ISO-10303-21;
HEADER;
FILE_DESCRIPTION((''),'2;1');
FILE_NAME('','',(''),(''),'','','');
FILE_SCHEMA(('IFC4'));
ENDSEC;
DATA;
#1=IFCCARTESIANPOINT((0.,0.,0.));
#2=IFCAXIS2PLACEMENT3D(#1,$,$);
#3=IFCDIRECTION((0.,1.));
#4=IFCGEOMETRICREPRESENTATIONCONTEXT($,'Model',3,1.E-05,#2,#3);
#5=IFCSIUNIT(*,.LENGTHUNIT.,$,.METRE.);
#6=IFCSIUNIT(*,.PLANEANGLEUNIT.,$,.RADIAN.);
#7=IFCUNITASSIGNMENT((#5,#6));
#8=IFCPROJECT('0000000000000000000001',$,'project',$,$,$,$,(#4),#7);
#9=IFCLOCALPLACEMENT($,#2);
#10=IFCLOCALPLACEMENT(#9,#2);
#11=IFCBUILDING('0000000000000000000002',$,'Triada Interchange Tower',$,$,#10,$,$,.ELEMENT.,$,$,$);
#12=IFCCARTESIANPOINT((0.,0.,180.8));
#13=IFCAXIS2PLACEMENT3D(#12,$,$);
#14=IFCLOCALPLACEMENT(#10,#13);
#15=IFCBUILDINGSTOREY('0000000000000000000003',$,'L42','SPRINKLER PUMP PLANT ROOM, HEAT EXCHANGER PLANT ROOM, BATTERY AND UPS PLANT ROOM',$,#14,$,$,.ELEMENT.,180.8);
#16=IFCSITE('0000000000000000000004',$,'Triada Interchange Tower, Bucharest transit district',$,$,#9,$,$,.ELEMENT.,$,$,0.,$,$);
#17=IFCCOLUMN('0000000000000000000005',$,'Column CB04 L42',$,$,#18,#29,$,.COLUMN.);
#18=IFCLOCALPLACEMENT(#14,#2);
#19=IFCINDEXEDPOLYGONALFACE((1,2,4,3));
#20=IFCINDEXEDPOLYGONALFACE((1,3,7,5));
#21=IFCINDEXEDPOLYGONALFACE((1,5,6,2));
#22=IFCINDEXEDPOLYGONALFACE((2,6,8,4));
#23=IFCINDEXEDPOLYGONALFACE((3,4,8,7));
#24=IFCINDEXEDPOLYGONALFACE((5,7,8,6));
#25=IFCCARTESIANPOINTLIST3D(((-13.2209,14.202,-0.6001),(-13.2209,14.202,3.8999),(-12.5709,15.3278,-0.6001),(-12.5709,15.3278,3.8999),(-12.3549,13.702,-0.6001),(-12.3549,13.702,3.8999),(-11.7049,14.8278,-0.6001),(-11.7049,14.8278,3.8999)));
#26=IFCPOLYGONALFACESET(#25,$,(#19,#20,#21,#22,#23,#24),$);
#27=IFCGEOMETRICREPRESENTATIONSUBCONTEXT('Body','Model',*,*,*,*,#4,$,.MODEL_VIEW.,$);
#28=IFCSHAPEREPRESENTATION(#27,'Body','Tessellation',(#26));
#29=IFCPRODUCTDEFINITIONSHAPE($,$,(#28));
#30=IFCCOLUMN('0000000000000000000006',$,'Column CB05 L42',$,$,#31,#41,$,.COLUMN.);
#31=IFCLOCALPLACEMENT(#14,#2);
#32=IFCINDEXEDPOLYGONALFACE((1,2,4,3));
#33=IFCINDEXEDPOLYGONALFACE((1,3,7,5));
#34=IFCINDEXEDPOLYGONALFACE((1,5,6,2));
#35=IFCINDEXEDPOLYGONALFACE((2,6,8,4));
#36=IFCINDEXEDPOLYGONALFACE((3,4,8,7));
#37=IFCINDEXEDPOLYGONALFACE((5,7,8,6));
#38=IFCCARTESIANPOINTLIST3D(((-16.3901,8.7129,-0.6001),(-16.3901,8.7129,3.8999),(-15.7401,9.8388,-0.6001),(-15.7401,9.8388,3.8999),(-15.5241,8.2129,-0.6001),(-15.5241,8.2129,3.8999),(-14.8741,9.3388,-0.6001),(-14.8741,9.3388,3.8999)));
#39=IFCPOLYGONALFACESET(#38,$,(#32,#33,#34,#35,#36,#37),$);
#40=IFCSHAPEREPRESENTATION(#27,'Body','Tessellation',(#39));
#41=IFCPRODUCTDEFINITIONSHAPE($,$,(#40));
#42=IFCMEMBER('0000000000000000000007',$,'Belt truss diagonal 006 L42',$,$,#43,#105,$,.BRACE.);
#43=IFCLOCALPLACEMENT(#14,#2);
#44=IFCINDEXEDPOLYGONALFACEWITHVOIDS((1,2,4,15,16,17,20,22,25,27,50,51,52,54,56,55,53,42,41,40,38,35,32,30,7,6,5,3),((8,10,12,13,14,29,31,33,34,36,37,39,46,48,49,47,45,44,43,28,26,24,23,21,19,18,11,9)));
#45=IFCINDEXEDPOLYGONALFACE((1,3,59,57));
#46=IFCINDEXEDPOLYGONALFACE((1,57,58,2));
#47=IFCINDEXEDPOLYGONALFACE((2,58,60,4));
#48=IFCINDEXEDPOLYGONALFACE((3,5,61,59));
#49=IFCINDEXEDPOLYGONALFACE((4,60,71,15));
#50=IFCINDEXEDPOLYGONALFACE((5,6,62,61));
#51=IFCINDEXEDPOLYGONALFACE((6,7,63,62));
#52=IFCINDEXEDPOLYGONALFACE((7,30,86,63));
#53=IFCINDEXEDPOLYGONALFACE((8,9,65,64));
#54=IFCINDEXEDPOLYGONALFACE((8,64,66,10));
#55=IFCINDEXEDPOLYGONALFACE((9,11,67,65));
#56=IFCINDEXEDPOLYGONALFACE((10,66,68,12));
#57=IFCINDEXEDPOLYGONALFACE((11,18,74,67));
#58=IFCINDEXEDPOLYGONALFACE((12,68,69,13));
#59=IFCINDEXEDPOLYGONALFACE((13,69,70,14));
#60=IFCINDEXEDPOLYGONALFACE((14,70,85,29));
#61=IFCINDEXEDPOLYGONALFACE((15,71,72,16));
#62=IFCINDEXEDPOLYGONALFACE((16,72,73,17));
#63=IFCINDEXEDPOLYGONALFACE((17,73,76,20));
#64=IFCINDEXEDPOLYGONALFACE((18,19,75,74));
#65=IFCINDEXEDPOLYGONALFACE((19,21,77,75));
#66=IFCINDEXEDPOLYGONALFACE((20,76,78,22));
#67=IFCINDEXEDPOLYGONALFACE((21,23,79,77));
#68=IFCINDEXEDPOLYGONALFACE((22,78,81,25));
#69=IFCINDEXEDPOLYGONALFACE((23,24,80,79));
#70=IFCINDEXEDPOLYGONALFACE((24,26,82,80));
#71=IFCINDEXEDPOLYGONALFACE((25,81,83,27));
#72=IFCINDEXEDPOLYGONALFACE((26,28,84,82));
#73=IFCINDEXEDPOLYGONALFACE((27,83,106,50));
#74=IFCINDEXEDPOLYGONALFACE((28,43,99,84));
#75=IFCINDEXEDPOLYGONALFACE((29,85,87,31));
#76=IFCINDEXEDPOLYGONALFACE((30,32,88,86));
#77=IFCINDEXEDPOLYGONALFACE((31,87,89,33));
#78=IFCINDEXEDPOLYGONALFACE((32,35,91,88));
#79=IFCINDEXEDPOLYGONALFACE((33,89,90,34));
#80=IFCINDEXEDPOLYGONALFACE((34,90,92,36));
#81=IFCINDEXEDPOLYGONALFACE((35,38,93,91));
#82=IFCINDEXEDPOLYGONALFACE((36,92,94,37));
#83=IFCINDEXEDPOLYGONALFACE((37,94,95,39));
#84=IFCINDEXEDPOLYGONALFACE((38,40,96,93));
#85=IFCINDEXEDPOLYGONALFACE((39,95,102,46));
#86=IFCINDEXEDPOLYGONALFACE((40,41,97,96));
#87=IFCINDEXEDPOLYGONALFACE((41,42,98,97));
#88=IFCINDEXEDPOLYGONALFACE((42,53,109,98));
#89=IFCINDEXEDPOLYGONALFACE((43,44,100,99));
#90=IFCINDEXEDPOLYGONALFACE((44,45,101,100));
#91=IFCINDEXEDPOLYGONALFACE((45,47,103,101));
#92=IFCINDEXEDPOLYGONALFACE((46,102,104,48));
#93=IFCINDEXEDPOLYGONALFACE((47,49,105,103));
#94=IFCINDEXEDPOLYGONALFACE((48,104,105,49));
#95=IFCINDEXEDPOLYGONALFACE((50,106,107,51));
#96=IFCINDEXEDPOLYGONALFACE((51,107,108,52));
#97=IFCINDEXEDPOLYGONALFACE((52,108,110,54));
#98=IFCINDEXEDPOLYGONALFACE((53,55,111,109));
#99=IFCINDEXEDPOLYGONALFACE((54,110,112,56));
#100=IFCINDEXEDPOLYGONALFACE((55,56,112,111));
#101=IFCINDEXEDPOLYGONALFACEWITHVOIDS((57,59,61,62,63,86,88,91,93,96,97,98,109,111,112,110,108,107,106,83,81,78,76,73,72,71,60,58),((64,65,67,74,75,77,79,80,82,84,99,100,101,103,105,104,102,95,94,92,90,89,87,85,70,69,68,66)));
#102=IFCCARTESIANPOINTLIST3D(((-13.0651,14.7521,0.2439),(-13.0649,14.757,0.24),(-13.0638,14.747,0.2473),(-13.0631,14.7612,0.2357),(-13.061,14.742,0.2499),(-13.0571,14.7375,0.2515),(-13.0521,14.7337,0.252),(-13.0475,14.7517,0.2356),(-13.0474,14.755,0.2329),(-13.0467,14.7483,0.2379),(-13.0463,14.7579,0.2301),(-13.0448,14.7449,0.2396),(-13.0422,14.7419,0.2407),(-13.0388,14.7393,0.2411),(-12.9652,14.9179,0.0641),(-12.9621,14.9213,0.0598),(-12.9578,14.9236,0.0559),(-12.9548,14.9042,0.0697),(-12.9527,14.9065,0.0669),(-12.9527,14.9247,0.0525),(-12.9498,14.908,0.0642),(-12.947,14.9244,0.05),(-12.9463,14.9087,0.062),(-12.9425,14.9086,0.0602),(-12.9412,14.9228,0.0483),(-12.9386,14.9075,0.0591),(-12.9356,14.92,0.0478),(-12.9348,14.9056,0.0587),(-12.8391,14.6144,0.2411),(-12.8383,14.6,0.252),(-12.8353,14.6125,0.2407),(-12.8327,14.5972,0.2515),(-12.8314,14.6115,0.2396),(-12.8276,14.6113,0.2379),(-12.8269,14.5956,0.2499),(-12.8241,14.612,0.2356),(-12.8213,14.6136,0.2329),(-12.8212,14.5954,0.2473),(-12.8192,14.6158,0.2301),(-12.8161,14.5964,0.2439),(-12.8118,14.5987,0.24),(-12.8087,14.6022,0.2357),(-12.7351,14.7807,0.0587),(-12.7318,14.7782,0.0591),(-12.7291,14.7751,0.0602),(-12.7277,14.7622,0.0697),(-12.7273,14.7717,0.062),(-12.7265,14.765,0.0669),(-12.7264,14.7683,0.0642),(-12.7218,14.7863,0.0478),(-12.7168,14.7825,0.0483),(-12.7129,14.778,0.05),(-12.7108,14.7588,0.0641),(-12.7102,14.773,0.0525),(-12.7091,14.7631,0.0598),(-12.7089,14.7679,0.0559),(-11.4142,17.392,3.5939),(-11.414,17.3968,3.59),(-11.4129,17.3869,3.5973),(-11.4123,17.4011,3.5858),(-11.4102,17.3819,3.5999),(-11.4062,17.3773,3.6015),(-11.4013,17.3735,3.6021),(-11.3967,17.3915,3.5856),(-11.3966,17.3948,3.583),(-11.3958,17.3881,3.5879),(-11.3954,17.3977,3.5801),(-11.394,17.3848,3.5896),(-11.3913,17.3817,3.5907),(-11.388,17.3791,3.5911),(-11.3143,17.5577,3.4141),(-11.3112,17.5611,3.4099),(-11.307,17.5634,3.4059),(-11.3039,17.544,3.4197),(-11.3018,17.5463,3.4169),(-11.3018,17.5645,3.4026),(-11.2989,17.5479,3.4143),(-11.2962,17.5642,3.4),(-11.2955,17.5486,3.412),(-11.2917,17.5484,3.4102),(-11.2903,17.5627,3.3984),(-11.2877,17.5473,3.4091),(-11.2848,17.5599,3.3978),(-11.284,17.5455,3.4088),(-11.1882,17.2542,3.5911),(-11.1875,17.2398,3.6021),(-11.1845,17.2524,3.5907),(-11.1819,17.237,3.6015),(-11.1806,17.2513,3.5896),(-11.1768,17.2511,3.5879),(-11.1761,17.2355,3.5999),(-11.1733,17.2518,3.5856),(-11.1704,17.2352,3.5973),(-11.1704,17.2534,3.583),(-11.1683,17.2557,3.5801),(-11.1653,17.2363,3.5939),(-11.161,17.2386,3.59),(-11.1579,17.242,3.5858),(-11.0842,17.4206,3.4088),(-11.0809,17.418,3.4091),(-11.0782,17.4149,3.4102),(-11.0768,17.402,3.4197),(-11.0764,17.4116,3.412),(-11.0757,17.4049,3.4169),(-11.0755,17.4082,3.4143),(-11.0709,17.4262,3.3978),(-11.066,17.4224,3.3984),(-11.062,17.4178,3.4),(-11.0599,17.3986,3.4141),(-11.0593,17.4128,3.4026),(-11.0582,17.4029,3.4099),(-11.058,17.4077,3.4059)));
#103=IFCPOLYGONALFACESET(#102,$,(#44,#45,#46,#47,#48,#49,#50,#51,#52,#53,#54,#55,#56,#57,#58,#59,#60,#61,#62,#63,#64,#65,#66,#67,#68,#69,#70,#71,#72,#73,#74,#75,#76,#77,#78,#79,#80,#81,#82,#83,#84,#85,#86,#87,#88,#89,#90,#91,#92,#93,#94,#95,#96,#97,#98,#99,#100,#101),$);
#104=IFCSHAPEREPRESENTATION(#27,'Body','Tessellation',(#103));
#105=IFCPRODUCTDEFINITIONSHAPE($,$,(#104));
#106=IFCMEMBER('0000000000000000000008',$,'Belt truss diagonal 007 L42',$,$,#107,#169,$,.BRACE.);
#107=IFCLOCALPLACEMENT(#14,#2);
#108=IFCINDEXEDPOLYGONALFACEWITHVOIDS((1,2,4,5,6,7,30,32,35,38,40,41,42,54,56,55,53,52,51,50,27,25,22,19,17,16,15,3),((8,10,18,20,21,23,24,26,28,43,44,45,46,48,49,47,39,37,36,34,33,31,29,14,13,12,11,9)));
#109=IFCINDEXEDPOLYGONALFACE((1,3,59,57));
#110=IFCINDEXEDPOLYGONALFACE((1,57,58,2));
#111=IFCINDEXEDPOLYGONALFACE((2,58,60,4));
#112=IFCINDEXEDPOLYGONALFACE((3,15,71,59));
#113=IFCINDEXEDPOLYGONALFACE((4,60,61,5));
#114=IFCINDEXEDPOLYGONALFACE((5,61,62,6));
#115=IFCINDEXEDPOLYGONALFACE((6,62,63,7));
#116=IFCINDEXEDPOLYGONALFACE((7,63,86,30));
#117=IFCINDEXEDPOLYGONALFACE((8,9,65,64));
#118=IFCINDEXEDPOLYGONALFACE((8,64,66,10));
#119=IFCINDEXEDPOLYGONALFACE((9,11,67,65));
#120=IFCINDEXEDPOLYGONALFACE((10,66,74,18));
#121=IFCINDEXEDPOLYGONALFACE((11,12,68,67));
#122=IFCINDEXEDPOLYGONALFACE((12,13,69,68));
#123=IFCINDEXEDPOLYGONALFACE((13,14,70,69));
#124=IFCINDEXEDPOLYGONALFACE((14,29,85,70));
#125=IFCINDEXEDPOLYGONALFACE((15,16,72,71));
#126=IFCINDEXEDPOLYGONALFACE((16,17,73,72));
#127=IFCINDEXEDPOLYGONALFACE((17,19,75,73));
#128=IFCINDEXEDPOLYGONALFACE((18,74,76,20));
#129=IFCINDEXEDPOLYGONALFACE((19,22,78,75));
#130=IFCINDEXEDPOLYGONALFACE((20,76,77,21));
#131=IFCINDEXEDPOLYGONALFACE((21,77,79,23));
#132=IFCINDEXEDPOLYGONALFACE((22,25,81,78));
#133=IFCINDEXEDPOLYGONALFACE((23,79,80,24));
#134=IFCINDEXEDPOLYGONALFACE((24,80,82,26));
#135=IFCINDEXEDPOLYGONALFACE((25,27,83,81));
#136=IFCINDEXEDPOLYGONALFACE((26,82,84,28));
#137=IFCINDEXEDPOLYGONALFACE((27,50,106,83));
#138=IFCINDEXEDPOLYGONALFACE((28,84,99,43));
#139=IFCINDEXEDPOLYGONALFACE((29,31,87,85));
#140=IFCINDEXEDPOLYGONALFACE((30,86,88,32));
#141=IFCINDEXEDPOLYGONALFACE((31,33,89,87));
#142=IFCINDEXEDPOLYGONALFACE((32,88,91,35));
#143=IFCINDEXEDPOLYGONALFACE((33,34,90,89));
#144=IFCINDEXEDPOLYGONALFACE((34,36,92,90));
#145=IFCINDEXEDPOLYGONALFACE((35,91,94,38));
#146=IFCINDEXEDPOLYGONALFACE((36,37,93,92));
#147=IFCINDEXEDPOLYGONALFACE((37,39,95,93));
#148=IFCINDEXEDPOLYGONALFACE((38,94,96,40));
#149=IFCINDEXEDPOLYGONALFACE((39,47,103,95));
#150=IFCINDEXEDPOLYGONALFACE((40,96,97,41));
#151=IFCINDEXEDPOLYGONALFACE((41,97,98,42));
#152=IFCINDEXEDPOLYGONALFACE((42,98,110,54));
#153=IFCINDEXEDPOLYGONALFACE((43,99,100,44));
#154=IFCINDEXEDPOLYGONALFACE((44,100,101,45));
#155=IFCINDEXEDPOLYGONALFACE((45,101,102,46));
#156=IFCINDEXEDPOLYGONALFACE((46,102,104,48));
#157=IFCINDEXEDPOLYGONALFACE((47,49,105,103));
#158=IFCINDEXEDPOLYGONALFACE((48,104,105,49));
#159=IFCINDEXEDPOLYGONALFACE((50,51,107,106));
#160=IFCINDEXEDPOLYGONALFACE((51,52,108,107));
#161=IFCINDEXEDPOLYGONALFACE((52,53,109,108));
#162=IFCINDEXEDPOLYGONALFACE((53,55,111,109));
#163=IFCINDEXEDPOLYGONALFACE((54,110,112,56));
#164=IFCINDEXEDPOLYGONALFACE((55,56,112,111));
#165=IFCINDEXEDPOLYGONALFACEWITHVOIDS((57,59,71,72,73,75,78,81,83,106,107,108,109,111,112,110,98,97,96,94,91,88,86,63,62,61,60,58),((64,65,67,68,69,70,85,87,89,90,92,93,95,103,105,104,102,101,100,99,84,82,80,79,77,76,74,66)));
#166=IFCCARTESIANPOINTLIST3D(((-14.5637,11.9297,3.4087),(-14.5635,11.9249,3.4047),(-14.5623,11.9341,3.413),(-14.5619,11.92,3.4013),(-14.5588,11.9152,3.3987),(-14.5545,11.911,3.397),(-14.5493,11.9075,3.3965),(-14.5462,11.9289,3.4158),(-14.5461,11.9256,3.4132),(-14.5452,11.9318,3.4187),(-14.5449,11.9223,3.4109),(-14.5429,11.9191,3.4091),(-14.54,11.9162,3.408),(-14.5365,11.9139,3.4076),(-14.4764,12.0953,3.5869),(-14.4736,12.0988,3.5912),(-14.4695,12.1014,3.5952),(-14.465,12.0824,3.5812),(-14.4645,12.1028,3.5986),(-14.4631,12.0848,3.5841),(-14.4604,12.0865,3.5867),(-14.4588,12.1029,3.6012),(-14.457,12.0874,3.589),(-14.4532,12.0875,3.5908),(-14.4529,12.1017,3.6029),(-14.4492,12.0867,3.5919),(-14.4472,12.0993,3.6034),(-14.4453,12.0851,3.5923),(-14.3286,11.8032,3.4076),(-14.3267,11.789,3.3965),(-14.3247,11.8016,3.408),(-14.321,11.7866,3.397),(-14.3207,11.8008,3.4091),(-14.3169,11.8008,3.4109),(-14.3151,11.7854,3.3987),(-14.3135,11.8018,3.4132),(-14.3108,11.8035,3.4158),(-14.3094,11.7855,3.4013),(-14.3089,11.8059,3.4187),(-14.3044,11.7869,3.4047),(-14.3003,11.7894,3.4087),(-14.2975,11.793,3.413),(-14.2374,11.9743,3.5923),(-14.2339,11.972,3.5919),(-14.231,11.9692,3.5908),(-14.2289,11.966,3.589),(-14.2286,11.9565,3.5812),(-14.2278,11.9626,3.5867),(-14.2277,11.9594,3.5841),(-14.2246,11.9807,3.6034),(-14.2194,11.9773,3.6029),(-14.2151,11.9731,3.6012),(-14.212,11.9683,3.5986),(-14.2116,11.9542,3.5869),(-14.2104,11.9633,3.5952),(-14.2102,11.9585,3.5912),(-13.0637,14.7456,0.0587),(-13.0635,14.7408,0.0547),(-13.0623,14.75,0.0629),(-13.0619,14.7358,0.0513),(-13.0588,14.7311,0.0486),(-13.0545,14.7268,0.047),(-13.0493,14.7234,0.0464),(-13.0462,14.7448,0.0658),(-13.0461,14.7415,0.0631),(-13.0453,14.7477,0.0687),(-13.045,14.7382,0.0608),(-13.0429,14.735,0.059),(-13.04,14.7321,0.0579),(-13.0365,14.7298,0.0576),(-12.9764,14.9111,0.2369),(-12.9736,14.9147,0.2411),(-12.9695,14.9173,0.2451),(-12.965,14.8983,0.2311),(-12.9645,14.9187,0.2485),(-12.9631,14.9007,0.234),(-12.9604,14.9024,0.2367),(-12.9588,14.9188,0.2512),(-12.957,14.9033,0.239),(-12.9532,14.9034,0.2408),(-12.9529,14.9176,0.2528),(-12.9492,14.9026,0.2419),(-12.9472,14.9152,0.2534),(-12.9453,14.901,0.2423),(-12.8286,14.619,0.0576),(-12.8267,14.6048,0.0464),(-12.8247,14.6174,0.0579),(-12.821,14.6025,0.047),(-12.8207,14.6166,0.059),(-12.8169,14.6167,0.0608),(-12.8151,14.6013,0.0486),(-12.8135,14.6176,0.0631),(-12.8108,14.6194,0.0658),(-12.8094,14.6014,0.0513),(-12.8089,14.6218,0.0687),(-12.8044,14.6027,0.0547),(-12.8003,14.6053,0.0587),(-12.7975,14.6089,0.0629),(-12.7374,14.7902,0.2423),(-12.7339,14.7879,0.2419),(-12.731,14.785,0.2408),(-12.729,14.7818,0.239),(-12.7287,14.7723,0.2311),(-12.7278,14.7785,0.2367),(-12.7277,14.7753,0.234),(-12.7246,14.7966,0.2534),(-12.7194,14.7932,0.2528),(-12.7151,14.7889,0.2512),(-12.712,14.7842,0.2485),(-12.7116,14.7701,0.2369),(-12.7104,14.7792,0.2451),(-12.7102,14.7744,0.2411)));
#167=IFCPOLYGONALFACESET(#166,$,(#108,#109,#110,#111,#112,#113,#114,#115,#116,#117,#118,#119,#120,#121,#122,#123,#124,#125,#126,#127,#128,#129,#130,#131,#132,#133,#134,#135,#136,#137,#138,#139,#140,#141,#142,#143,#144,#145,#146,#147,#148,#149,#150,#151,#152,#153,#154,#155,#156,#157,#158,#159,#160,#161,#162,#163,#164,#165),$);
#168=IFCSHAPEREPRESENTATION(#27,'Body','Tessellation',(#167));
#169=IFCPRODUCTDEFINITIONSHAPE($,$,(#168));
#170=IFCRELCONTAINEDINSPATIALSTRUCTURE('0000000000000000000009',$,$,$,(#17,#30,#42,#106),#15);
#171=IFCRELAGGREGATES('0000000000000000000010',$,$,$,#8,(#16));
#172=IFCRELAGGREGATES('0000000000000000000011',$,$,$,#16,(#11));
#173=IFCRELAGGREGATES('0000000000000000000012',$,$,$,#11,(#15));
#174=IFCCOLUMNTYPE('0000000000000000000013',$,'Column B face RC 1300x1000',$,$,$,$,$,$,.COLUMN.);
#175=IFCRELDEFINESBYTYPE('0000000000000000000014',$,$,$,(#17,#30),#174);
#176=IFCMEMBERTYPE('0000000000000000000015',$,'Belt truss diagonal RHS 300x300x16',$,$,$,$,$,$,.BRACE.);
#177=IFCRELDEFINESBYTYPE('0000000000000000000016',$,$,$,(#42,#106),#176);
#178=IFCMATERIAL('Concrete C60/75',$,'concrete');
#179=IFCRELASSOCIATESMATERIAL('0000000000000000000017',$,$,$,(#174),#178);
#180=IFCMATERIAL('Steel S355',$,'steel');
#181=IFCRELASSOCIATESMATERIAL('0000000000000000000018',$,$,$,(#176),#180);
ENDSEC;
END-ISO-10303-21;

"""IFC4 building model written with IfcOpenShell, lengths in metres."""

from ifc_helpers import new_model, si_unit, direction, frame, origin, origin_2d, place, context, subcontext, project, spatial, rectangle, hollow_rectangle, extrude, material, material_profile, profile_set, type_object, element, save


model = new_model("IFC4")

# Units and contexts
model_context = context("Model", 3, precision=1e-05, world=origin(), true_north=direction((0.0, 1.0)))
body_context = subcontext(model_context, "Body", "Model", "MODEL_VIEW")
ifc_project = project(units=[si_unit("LENGTHUNIT", "METRE"), si_unit("PLANEANGLEUNIT", "RADIAN")], contexts=[model_context])

# Site, building, storey
site_placement = place(None, origin())
site = spatial("IfcSite", under=ifc_project, at=site_placement, Name="Triada Interchange Tower, Bucharest transit district", CompositionType="ELEMENT", RefElevation=0.0)
building_placement = place(site_placement, origin())
building = spatial("IfcBuilding", under=site, at=building_placement, Name="Triada Interchange Tower", CompositionType="ELEMENT")
storey_placement = place(building_placement, frame((0.0, 0.0, 180.8)))
storey = spatial("IfcBuildingStorey", under=building, at=storey_placement, Name="L42", Description="SPRINKLER PUMP PLANT ROOM, HEAT EXCHANGER PLANT ROOM, BATTERY AND UPS PLANT ROOM", CompositionType="ELEMENT", Elevation=180.8)

# Columns
ifc_material_1 = material(Name="Concrete C60/75", Category="concrete")
ifc_material_profile_1 = material_profile(ifc_material_1, rectangle(XDim=1.3, YDim=1.0, at=origin_2d()), Name="RC 1300x1000")
ifc_profile_set_1 = profile_set([ifc_material_profile_1], Name="Concrete C60/75")
column_type = type_object("IfcColumnType", Name="Column B face RC 1300x1000", PredefinedType="COLUMN", material=ifc_profile_set_1)
for number, where, z_axis, x_axis, name in (
    (1, (-12.4629, 14.5149, -0.6001), (0.0, 0.0, 1.0), (0.5, 0.866025, 0.0), "Column CB04 L42"),
    (2, (-15.6321, 9.0259, -0.6001), (0.0, 0.0, 1.0), (0.5, 0.866025, 0.0), "Column CB05 L42"),
):
    element("IfcColumn", number, at=place(storey_placement, frame(where, z_axis=z_axis, x_axis=x_axis)), inside=storey, type_object=column_type, Name=name, PredefinedType="COLUMN", context=body_context, shape_type="SweptSolid", body=[
        extrude(rectangle(XDim=1.3, YDim=1.0, at=origin_2d()), origin(), (0.0, 0.0, 1.0), 4.5),
    ])

# Members
ifc_material_2 = material(Name="Steel S355", Category="steel")
ifc_material_profile_2 = material_profile(ifc_material_2, hollow_rectangle(XDim=0.3, YDim=0.3, WallThickness=0.0161, InnerFilletRadius=0.0161, OuterFilletRadius=0.0239, at=origin_2d()), Name="RHS 300x300x16")
ifc_profile_set_2 = profile_set([ifc_material_profile_2], Name="Steel S355")
member_type = type_object("IfcMemberType", Name="Belt truss diagonal RHS 300x300x16", PredefinedType="BRACE", material=ifc_profile_set_2)
member_1_placement = place(storey_placement, frame((-12.887, 14.76, 0.1499), z_axis=(0.36096, 0.577205, 0.73249), x_axis=(-0.847862, 0.530217, 0.0)))
element("IfcMember", 3, at=member_1_placement, inside=storey, type_object=member_type, Name="Belt truss diagonal 006 L42", PredefinedType="BRACE", context=body_context, shape_type="SweptSolid", body=[
    extrude(hollow_rectangle(XDim=0.3, YDim=0.3, WallThickness=0.0161, InnerFilletRadius=0.0161, OuterFilletRadius=0.0239, at=origin_2d()), origin(), (0.0, 0.0, 1.0), 4.5735),
])
member_2_placement = place(storey_placement, frame((-12.887, 14.76, 0.1499), z_axis=(-0.324234, -0.608678, 0.724144), x_axis=(0.88259, -0.470143, 0.0)))
element("IfcMember", 4, at=member_2_placement, inside=storey, type_object=member_type, Name="Belt truss diagonal 007 L42", PredefinedType="BRACE", context=body_context, shape_type="SweptSolid", body=[
    extrude(hollow_rectangle(XDim=0.3, YDim=0.3, WallThickness=0.0161, InnerFilletRadius=0.0161, OuterFilletRadius=0.0239, at=origin_2d()), origin(), (0.0, 0.0, 1.0), 4.6262),
])

save(model, "model.ifc")
